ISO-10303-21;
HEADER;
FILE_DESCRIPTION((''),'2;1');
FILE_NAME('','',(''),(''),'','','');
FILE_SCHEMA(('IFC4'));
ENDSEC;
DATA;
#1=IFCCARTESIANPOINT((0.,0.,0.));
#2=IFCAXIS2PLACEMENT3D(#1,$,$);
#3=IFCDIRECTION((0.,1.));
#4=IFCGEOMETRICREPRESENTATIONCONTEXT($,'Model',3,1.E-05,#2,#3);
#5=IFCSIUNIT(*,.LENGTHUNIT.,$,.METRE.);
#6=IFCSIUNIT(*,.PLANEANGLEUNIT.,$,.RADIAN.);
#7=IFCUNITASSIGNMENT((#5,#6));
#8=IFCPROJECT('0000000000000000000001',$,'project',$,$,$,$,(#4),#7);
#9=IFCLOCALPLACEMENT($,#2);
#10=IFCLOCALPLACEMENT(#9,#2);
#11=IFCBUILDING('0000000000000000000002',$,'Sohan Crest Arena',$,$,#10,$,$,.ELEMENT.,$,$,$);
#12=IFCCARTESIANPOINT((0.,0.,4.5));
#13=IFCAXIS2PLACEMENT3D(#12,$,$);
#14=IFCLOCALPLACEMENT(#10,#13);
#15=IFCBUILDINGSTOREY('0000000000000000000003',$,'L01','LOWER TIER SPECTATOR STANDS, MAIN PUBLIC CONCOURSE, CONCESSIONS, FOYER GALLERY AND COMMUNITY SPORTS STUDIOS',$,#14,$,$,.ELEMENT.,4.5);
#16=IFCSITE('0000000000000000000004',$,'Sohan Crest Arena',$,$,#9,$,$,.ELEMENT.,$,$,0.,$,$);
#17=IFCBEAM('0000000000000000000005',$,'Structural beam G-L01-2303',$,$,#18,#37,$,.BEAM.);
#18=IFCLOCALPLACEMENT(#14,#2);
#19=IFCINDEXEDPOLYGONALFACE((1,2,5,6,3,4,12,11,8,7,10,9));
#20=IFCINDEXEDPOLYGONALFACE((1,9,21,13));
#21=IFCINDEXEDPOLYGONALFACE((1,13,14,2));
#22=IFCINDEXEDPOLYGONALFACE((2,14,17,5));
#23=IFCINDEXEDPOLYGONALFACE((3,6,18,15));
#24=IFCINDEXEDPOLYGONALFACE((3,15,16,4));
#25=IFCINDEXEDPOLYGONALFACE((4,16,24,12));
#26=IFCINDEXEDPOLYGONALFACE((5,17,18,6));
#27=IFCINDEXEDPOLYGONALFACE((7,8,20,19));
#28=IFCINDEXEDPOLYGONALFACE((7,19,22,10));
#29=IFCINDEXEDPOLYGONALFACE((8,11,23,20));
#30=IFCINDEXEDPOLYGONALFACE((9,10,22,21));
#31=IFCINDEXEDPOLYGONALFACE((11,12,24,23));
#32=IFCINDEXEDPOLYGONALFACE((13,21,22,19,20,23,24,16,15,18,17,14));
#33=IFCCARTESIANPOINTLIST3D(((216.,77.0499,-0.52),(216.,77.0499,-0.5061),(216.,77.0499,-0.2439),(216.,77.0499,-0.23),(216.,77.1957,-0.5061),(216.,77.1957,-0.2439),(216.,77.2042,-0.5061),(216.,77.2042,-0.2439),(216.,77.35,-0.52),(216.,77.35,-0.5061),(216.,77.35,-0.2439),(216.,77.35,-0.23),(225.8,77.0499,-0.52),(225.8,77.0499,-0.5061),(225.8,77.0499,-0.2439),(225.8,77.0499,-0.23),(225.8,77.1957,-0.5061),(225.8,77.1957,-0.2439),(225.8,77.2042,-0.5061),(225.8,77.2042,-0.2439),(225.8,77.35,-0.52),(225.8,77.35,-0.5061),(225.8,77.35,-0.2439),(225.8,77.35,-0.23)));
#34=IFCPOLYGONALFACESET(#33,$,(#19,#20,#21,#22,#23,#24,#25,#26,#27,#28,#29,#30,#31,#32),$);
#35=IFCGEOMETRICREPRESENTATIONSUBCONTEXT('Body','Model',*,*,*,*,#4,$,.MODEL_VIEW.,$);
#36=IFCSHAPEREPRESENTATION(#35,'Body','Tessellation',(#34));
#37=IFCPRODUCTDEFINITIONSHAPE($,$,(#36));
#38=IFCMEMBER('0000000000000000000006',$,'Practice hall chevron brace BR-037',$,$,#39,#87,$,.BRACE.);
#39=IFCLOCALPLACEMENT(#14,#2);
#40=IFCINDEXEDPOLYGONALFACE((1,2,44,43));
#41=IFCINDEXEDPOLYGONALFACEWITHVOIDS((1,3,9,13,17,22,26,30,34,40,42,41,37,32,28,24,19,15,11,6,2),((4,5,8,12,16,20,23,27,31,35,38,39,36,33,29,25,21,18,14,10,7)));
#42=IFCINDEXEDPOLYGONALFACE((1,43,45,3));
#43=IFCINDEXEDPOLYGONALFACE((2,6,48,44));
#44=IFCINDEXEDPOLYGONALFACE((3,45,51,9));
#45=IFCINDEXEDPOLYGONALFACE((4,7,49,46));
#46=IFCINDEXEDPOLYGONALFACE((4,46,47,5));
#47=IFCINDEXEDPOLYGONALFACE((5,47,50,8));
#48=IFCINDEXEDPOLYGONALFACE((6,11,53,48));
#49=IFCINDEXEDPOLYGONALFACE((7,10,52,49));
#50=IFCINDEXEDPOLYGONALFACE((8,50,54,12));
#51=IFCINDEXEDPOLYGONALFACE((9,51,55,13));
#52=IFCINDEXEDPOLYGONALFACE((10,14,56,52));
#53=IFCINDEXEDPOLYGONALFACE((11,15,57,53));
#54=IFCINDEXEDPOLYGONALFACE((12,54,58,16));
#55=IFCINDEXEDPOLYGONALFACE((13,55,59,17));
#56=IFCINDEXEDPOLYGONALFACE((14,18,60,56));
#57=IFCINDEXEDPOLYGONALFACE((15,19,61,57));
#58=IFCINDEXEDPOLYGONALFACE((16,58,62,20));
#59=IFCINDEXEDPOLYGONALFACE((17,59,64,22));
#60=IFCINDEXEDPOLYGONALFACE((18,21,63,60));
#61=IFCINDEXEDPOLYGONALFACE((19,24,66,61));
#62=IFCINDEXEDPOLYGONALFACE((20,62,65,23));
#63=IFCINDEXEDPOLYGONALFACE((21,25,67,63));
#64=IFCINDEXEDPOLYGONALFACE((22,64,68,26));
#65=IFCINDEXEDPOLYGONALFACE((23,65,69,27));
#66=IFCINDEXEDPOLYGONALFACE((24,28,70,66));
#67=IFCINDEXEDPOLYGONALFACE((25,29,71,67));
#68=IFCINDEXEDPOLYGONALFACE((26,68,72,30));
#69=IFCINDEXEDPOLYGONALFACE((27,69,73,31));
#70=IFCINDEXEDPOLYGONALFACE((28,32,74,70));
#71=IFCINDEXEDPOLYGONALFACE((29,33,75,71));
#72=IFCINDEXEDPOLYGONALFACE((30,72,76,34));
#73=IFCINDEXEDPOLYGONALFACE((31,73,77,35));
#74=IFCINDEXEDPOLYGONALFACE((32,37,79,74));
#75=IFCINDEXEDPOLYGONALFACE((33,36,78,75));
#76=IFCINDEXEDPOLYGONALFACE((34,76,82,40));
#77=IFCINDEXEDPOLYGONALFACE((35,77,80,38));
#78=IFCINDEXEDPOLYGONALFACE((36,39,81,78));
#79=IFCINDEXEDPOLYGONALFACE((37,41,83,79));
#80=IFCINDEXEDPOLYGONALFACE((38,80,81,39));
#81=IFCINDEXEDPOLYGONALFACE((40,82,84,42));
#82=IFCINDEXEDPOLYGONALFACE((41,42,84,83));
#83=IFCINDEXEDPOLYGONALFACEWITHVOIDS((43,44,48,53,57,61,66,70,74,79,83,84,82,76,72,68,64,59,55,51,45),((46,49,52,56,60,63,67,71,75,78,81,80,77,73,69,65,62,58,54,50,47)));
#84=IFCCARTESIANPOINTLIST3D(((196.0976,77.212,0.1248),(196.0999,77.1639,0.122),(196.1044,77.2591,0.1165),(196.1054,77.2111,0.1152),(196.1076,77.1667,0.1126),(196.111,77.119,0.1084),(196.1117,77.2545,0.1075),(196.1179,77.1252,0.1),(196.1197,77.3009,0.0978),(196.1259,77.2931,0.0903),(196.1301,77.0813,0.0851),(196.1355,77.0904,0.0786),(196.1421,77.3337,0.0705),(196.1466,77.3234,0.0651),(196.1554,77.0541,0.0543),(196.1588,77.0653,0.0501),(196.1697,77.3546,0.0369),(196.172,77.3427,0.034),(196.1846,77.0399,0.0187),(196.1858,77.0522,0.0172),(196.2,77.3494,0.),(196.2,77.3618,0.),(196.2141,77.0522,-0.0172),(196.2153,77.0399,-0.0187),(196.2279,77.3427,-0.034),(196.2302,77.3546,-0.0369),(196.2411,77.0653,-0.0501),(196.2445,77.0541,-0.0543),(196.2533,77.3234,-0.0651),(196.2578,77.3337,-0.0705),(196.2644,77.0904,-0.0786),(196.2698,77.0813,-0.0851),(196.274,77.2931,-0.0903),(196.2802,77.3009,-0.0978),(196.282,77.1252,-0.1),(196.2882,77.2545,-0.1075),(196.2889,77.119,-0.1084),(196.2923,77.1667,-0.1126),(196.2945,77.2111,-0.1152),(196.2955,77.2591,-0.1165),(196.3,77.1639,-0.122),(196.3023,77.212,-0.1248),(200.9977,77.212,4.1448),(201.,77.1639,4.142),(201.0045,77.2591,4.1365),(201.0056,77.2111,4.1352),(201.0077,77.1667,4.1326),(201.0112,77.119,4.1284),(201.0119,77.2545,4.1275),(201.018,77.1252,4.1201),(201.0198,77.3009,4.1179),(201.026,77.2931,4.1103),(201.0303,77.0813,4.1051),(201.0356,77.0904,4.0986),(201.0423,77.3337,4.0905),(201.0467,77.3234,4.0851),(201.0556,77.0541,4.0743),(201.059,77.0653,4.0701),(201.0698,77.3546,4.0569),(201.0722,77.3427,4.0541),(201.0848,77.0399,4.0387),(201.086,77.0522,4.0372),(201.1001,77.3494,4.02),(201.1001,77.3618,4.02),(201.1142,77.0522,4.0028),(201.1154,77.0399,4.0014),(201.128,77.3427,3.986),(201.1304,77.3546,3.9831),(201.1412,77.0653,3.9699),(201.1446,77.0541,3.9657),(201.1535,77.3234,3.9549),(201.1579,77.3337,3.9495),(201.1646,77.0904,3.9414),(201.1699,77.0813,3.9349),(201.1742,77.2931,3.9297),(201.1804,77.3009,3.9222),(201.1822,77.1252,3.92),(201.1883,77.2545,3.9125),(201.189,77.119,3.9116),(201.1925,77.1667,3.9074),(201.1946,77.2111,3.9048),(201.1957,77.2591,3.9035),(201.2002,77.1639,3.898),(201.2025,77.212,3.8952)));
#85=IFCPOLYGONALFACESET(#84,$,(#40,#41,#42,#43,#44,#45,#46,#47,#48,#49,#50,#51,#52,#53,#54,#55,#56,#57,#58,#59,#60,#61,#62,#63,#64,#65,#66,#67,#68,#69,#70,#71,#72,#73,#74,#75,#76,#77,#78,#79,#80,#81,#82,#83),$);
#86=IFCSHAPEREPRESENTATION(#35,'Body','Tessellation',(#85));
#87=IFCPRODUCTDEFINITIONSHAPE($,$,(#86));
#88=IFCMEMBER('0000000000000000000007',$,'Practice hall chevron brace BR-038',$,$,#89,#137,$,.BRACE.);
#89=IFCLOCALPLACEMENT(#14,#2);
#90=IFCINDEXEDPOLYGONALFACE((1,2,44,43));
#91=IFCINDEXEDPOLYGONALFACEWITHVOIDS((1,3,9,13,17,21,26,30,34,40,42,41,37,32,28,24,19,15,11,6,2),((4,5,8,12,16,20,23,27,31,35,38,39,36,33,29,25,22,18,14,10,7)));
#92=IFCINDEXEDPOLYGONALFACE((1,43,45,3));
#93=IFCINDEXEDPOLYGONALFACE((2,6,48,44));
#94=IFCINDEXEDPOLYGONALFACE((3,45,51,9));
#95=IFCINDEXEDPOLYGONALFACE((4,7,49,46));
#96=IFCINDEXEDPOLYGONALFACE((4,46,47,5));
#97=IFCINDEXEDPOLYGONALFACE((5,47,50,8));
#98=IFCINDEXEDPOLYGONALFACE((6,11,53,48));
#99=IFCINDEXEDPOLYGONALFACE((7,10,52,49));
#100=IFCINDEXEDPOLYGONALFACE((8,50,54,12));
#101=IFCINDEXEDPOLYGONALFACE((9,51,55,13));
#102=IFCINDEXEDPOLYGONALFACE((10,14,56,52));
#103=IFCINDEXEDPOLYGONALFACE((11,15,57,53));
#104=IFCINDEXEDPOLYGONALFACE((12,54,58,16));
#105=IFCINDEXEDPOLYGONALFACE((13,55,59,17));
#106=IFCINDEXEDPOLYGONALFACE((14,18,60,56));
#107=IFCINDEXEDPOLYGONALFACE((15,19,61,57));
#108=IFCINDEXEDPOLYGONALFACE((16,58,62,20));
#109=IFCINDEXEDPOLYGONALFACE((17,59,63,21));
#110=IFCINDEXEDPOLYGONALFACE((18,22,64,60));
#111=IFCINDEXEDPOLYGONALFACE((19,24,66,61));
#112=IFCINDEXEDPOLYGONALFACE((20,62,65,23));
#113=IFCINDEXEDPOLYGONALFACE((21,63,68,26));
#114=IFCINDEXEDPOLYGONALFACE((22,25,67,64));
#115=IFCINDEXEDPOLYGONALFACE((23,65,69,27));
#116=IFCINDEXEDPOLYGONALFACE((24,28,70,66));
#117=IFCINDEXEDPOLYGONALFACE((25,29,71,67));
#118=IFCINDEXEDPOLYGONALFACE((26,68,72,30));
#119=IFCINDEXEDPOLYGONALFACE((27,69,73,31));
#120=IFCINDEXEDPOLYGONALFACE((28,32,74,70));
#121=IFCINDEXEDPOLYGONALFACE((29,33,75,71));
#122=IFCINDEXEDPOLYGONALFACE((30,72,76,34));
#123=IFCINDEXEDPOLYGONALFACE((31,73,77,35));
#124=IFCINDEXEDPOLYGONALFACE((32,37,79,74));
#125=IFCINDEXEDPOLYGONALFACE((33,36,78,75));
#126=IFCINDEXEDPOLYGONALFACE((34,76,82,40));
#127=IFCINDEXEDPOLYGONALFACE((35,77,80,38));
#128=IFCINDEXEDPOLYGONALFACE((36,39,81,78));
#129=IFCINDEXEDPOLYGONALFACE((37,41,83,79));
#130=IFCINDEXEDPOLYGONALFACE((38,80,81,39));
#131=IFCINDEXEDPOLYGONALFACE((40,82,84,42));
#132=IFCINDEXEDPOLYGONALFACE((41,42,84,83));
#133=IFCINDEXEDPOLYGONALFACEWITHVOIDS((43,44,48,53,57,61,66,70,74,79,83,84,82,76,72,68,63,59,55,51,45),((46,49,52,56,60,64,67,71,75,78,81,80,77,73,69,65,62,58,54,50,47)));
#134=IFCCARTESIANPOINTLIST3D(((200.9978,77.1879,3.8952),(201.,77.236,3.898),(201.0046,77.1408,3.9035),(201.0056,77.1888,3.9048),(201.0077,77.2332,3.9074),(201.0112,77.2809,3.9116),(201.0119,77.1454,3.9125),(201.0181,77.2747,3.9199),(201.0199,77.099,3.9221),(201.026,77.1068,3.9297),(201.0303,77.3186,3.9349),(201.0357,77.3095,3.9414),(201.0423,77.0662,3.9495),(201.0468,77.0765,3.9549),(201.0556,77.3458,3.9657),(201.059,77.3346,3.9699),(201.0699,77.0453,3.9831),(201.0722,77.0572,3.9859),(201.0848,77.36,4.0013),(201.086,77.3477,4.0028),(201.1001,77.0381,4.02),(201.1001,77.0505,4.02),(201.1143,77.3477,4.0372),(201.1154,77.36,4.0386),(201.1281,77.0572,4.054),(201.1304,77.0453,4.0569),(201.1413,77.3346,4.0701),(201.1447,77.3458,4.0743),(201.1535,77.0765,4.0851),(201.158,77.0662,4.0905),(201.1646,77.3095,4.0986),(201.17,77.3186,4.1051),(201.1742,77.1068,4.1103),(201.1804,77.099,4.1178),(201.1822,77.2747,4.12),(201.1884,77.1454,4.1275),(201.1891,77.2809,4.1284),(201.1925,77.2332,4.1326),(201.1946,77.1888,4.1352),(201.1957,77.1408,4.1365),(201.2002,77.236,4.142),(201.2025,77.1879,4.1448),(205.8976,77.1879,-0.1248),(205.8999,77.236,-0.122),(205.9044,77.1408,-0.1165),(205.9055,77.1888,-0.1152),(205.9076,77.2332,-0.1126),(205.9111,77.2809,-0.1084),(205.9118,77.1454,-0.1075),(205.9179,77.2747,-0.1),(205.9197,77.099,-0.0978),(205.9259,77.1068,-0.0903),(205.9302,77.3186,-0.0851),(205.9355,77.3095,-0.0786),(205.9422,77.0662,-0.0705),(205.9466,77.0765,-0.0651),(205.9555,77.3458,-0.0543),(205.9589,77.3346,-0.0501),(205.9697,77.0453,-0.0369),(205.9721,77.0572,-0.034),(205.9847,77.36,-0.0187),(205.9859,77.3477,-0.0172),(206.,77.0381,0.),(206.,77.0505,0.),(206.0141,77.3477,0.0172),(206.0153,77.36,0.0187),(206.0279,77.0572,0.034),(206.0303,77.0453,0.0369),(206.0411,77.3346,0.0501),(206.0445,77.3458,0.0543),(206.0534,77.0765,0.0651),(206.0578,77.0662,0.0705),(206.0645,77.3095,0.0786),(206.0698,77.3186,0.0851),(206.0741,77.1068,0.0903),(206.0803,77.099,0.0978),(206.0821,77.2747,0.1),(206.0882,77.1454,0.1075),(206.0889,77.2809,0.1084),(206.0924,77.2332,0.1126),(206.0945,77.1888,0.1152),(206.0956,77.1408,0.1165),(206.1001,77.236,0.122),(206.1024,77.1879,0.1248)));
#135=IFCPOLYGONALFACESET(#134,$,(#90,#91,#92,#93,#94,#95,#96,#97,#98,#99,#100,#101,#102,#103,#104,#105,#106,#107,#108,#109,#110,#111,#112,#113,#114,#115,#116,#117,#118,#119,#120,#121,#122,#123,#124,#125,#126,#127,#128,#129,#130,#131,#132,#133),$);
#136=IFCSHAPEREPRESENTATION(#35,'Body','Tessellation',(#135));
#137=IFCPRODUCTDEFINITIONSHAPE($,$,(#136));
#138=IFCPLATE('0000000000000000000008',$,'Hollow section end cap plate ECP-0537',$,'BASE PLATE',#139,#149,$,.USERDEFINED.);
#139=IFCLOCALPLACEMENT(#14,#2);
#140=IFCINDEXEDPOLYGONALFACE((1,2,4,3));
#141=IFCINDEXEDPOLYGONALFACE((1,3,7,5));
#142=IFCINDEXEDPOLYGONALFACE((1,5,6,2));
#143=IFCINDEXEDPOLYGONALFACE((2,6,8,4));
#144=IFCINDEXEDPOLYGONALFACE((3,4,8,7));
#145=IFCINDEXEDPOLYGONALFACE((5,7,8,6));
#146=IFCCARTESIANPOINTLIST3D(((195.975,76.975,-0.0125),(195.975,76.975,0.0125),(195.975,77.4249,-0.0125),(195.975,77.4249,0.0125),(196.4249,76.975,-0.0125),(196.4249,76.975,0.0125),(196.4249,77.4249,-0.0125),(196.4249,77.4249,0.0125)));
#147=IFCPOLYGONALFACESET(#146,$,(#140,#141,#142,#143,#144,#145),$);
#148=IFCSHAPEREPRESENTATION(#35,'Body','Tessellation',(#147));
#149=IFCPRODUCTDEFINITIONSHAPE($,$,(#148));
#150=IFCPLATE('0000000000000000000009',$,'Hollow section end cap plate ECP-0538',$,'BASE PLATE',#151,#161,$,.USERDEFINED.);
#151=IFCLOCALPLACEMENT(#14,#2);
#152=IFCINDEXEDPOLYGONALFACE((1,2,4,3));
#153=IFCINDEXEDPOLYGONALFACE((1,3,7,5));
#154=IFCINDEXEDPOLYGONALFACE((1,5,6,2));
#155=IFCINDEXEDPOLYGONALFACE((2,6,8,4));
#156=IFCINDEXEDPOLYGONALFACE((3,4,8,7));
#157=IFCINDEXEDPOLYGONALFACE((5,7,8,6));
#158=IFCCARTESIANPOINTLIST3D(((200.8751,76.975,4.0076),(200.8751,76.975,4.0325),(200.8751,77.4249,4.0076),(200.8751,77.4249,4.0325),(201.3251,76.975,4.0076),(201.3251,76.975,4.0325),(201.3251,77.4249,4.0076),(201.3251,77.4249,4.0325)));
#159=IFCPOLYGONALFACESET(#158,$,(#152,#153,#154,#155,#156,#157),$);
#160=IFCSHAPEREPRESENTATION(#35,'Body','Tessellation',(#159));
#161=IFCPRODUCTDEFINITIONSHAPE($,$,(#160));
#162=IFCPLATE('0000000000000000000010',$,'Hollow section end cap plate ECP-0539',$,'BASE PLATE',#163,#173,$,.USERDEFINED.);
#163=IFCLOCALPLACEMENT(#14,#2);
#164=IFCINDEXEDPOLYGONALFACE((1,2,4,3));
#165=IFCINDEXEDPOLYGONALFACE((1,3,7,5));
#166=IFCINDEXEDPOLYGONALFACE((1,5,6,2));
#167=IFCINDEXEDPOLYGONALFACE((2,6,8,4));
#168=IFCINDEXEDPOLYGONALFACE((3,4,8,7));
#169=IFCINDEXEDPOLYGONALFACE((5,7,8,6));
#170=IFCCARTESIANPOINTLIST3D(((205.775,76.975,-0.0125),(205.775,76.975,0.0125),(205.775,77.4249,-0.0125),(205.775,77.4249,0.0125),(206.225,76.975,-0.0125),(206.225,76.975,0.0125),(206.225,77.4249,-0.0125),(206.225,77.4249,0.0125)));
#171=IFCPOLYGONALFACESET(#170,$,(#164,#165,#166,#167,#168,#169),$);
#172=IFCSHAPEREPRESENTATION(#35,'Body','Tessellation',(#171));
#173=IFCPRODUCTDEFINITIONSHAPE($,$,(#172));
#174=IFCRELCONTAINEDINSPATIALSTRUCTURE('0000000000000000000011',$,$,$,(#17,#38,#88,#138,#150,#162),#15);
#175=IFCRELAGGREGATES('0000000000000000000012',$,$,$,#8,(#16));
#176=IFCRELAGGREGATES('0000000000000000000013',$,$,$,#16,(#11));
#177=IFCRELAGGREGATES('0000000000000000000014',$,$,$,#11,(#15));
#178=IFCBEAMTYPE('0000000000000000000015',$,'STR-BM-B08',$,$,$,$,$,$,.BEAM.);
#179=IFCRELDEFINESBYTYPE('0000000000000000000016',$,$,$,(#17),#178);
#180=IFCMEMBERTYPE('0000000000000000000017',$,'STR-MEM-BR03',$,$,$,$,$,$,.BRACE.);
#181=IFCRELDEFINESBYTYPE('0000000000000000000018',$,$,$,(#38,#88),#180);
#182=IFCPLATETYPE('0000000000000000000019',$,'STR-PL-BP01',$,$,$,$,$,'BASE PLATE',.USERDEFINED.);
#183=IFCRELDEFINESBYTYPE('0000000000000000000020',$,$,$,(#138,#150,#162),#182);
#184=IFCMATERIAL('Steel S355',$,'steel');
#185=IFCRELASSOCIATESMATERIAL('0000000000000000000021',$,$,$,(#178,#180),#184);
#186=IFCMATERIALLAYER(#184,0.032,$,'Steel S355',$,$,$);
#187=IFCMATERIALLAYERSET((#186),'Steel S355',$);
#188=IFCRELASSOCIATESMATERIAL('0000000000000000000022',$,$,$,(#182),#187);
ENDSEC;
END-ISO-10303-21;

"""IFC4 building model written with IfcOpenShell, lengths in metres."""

from ifc_helpers import new_model, si_unit, direction, frame, origin, origin_2d, place, context, subcontext, project, spatial, rectangle, hollow_circle, i_section, extrude, material, layer, layer_set, material_profile, profile_set, type_object, element, save


model = new_model("IFC4")

# Units and contexts
model_context = context("Model", 3, precision=1e-05, world=origin(), true_north=direction((0.0, 1.0)))
body_context = subcontext(model_context, "Body", "Model", "MODEL_VIEW")
ifc_project = project(units=[si_unit("LENGTHUNIT", "METRE"), si_unit("PLANEANGLEUNIT", "RADIAN")], contexts=[model_context])

# Site, building, storey
site_placement = place(None, origin())
site = spatial("IfcSite", under=ifc_project, at=site_placement, Name="Sohan Crest Arena", CompositionType="ELEMENT", RefElevation=0.0)
building_placement = place(site_placement, origin())
building = spatial("IfcBuilding", under=site, at=building_placement, Name="Sohan Crest Arena", CompositionType="ELEMENT")
storey_placement = place(building_placement, frame((0.0, 0.0, 4.5)))
storey = spatial("IfcBuildingStorey", under=building, at=storey_placement, Name="L01", Description="LOWER TIER SPECTATOR STANDS, MAIN PUBLIC CONCOURSE, CONCESSIONS, FOYER GALLERY AND COMMUNITY SPORTS STUDIOS", CompositionType="ELEMENT", Elevation=4.5)

# Beam
ifc_material_1 = material(Name="Steel S355", Category="steel")
ifc_material_profile_1 = material_profile(ifc_material_1, i_section(OverallWidth=0.3, OverallDepth=0.29, WebThickness=0.0085, FlangeThickness=0.0139, at=origin_2d()), Name="HEA 300")
ifc_profile_set_1 = profile_set([ifc_material_profile_1], Name="Steel S355")
beam_type_1 = type_object("IfcBeamType", Name="STR-BM-B08", PredefinedType="BEAM", material=ifc_profile_set_1)
beam_1_placement = place(storey_placement, frame((216.0, 77.2, -0.375), z_axis=(1.0, 0.0, 0.0), x_axis=(0.0, 1.0, 0.0)))
element("IfcBeam", 1, at=beam_1_placement, inside=storey, type_object=beam_type_1, Name="Structural beam G-L01-2303", PredefinedType="BEAM", context=body_context, shape_type="SweptSolid", body=[
    extrude(i_section(OverallWidth=0.3, OverallDepth=0.29, WebThickness=0.0085, FlangeThickness=0.0139, at=origin_2d()), origin(), (0.0, 0.0, 1.0), 9.8),
])

# Members
ifc_material_profile_2 = material_profile(ifc_material_1, hollow_circle(Radius=0.1619, WallThickness=0.0125, at=origin_2d()), Name="CHS 323.9x12.5")
ifc_profile_set_2 = profile_set([ifc_material_profile_2], Name="Steel S355")
member_type = type_object("IfcMemberType", Name="STR-MEM-BR03", PredefinedType="BRACE", material=ifc_profile_set_2)
member_1_placement = place(storey_placement, frame((196.2, 77.2, 0.0), z_axis=(0.773121, 0.0, 0.634259), x_axis=(0.0, 1.0, 0.0)))
element("IfcMember", 2, at=member_1_placement, inside=storey, type_object=member_type, Name="Practice hall chevron brace BR-037", PredefinedType="BRACE", context=body_context, shape_type="SweptSolid", body=[
    extrude(hollow_circle(Radius=0.1619, WallThickness=0.0125, at=origin_2d()), origin(), (0.0, 0.0, 1.0), 6.3381),
])
member_2_placement = place(storey_placement, frame((206.0, 77.2, 0.0), z_axis=(-0.773105, 0.0, 0.634278), x_axis=(0.0, -1.0, 0.0)))
element("IfcMember", 3, at=member_2_placement, inside=storey, type_object=member_type, Name="Practice hall chevron brace BR-038", PredefinedType="BRACE", context=body_context, shape_type="SweptSolid", body=[
    extrude(hollow_circle(Radius=0.1619, WallThickness=0.0125, at=origin_2d()), origin(), (0.0, 0.0, 1.0), 6.3379),
])

# Plates
ifc_layer_1 = layer(ifc_material_1, 0.032, Name="Steel S355")
ifc_layer_set_1 = layer_set([ifc_layer_1], Name="Steel S355")
plate_type = type_object("IfcPlateType", Name="STR-PL-BP01", ElementType="BASE PLATE", PredefinedType="USERDEFINED", material=ifc_layer_set_1)
for number, where, z_axis, x_axis, name in (
    (4, (196.2, 77.2, -0.0125), (0.0, 0.0, 1.0), (1.0, 0.0, 0.0), "Hollow section end cap plate ECP-0537"),
    (5, (201.1001, 77.2, 4.0076), (0.0, 0.0, 1.0), (1.0, 0.0, 0.0), "Hollow section end cap plate ECP-0538"),
    (6, (206.0, 77.2, -0.0125), (0.0, 0.0, 1.0), (1.0, 0.0, 0.0), "Hollow section end cap plate ECP-0539"),
):
    element("IfcPlate", number, at=place(storey_placement, frame(where, z_axis=z_axis, x_axis=x_axis)), inside=storey, type_object=plate_type, Name=name, ObjectType="BASE PLATE", PredefinedType="USERDEFINED", context=body_context, shape_type="SweptSolid", body=[
        extrude(rectangle(XDim=0.45, YDim=0.45, at=origin_2d()), origin(), (0.0, 0.0, 1.0), 0.0249),
    ])

save(model, "model.ifc")
